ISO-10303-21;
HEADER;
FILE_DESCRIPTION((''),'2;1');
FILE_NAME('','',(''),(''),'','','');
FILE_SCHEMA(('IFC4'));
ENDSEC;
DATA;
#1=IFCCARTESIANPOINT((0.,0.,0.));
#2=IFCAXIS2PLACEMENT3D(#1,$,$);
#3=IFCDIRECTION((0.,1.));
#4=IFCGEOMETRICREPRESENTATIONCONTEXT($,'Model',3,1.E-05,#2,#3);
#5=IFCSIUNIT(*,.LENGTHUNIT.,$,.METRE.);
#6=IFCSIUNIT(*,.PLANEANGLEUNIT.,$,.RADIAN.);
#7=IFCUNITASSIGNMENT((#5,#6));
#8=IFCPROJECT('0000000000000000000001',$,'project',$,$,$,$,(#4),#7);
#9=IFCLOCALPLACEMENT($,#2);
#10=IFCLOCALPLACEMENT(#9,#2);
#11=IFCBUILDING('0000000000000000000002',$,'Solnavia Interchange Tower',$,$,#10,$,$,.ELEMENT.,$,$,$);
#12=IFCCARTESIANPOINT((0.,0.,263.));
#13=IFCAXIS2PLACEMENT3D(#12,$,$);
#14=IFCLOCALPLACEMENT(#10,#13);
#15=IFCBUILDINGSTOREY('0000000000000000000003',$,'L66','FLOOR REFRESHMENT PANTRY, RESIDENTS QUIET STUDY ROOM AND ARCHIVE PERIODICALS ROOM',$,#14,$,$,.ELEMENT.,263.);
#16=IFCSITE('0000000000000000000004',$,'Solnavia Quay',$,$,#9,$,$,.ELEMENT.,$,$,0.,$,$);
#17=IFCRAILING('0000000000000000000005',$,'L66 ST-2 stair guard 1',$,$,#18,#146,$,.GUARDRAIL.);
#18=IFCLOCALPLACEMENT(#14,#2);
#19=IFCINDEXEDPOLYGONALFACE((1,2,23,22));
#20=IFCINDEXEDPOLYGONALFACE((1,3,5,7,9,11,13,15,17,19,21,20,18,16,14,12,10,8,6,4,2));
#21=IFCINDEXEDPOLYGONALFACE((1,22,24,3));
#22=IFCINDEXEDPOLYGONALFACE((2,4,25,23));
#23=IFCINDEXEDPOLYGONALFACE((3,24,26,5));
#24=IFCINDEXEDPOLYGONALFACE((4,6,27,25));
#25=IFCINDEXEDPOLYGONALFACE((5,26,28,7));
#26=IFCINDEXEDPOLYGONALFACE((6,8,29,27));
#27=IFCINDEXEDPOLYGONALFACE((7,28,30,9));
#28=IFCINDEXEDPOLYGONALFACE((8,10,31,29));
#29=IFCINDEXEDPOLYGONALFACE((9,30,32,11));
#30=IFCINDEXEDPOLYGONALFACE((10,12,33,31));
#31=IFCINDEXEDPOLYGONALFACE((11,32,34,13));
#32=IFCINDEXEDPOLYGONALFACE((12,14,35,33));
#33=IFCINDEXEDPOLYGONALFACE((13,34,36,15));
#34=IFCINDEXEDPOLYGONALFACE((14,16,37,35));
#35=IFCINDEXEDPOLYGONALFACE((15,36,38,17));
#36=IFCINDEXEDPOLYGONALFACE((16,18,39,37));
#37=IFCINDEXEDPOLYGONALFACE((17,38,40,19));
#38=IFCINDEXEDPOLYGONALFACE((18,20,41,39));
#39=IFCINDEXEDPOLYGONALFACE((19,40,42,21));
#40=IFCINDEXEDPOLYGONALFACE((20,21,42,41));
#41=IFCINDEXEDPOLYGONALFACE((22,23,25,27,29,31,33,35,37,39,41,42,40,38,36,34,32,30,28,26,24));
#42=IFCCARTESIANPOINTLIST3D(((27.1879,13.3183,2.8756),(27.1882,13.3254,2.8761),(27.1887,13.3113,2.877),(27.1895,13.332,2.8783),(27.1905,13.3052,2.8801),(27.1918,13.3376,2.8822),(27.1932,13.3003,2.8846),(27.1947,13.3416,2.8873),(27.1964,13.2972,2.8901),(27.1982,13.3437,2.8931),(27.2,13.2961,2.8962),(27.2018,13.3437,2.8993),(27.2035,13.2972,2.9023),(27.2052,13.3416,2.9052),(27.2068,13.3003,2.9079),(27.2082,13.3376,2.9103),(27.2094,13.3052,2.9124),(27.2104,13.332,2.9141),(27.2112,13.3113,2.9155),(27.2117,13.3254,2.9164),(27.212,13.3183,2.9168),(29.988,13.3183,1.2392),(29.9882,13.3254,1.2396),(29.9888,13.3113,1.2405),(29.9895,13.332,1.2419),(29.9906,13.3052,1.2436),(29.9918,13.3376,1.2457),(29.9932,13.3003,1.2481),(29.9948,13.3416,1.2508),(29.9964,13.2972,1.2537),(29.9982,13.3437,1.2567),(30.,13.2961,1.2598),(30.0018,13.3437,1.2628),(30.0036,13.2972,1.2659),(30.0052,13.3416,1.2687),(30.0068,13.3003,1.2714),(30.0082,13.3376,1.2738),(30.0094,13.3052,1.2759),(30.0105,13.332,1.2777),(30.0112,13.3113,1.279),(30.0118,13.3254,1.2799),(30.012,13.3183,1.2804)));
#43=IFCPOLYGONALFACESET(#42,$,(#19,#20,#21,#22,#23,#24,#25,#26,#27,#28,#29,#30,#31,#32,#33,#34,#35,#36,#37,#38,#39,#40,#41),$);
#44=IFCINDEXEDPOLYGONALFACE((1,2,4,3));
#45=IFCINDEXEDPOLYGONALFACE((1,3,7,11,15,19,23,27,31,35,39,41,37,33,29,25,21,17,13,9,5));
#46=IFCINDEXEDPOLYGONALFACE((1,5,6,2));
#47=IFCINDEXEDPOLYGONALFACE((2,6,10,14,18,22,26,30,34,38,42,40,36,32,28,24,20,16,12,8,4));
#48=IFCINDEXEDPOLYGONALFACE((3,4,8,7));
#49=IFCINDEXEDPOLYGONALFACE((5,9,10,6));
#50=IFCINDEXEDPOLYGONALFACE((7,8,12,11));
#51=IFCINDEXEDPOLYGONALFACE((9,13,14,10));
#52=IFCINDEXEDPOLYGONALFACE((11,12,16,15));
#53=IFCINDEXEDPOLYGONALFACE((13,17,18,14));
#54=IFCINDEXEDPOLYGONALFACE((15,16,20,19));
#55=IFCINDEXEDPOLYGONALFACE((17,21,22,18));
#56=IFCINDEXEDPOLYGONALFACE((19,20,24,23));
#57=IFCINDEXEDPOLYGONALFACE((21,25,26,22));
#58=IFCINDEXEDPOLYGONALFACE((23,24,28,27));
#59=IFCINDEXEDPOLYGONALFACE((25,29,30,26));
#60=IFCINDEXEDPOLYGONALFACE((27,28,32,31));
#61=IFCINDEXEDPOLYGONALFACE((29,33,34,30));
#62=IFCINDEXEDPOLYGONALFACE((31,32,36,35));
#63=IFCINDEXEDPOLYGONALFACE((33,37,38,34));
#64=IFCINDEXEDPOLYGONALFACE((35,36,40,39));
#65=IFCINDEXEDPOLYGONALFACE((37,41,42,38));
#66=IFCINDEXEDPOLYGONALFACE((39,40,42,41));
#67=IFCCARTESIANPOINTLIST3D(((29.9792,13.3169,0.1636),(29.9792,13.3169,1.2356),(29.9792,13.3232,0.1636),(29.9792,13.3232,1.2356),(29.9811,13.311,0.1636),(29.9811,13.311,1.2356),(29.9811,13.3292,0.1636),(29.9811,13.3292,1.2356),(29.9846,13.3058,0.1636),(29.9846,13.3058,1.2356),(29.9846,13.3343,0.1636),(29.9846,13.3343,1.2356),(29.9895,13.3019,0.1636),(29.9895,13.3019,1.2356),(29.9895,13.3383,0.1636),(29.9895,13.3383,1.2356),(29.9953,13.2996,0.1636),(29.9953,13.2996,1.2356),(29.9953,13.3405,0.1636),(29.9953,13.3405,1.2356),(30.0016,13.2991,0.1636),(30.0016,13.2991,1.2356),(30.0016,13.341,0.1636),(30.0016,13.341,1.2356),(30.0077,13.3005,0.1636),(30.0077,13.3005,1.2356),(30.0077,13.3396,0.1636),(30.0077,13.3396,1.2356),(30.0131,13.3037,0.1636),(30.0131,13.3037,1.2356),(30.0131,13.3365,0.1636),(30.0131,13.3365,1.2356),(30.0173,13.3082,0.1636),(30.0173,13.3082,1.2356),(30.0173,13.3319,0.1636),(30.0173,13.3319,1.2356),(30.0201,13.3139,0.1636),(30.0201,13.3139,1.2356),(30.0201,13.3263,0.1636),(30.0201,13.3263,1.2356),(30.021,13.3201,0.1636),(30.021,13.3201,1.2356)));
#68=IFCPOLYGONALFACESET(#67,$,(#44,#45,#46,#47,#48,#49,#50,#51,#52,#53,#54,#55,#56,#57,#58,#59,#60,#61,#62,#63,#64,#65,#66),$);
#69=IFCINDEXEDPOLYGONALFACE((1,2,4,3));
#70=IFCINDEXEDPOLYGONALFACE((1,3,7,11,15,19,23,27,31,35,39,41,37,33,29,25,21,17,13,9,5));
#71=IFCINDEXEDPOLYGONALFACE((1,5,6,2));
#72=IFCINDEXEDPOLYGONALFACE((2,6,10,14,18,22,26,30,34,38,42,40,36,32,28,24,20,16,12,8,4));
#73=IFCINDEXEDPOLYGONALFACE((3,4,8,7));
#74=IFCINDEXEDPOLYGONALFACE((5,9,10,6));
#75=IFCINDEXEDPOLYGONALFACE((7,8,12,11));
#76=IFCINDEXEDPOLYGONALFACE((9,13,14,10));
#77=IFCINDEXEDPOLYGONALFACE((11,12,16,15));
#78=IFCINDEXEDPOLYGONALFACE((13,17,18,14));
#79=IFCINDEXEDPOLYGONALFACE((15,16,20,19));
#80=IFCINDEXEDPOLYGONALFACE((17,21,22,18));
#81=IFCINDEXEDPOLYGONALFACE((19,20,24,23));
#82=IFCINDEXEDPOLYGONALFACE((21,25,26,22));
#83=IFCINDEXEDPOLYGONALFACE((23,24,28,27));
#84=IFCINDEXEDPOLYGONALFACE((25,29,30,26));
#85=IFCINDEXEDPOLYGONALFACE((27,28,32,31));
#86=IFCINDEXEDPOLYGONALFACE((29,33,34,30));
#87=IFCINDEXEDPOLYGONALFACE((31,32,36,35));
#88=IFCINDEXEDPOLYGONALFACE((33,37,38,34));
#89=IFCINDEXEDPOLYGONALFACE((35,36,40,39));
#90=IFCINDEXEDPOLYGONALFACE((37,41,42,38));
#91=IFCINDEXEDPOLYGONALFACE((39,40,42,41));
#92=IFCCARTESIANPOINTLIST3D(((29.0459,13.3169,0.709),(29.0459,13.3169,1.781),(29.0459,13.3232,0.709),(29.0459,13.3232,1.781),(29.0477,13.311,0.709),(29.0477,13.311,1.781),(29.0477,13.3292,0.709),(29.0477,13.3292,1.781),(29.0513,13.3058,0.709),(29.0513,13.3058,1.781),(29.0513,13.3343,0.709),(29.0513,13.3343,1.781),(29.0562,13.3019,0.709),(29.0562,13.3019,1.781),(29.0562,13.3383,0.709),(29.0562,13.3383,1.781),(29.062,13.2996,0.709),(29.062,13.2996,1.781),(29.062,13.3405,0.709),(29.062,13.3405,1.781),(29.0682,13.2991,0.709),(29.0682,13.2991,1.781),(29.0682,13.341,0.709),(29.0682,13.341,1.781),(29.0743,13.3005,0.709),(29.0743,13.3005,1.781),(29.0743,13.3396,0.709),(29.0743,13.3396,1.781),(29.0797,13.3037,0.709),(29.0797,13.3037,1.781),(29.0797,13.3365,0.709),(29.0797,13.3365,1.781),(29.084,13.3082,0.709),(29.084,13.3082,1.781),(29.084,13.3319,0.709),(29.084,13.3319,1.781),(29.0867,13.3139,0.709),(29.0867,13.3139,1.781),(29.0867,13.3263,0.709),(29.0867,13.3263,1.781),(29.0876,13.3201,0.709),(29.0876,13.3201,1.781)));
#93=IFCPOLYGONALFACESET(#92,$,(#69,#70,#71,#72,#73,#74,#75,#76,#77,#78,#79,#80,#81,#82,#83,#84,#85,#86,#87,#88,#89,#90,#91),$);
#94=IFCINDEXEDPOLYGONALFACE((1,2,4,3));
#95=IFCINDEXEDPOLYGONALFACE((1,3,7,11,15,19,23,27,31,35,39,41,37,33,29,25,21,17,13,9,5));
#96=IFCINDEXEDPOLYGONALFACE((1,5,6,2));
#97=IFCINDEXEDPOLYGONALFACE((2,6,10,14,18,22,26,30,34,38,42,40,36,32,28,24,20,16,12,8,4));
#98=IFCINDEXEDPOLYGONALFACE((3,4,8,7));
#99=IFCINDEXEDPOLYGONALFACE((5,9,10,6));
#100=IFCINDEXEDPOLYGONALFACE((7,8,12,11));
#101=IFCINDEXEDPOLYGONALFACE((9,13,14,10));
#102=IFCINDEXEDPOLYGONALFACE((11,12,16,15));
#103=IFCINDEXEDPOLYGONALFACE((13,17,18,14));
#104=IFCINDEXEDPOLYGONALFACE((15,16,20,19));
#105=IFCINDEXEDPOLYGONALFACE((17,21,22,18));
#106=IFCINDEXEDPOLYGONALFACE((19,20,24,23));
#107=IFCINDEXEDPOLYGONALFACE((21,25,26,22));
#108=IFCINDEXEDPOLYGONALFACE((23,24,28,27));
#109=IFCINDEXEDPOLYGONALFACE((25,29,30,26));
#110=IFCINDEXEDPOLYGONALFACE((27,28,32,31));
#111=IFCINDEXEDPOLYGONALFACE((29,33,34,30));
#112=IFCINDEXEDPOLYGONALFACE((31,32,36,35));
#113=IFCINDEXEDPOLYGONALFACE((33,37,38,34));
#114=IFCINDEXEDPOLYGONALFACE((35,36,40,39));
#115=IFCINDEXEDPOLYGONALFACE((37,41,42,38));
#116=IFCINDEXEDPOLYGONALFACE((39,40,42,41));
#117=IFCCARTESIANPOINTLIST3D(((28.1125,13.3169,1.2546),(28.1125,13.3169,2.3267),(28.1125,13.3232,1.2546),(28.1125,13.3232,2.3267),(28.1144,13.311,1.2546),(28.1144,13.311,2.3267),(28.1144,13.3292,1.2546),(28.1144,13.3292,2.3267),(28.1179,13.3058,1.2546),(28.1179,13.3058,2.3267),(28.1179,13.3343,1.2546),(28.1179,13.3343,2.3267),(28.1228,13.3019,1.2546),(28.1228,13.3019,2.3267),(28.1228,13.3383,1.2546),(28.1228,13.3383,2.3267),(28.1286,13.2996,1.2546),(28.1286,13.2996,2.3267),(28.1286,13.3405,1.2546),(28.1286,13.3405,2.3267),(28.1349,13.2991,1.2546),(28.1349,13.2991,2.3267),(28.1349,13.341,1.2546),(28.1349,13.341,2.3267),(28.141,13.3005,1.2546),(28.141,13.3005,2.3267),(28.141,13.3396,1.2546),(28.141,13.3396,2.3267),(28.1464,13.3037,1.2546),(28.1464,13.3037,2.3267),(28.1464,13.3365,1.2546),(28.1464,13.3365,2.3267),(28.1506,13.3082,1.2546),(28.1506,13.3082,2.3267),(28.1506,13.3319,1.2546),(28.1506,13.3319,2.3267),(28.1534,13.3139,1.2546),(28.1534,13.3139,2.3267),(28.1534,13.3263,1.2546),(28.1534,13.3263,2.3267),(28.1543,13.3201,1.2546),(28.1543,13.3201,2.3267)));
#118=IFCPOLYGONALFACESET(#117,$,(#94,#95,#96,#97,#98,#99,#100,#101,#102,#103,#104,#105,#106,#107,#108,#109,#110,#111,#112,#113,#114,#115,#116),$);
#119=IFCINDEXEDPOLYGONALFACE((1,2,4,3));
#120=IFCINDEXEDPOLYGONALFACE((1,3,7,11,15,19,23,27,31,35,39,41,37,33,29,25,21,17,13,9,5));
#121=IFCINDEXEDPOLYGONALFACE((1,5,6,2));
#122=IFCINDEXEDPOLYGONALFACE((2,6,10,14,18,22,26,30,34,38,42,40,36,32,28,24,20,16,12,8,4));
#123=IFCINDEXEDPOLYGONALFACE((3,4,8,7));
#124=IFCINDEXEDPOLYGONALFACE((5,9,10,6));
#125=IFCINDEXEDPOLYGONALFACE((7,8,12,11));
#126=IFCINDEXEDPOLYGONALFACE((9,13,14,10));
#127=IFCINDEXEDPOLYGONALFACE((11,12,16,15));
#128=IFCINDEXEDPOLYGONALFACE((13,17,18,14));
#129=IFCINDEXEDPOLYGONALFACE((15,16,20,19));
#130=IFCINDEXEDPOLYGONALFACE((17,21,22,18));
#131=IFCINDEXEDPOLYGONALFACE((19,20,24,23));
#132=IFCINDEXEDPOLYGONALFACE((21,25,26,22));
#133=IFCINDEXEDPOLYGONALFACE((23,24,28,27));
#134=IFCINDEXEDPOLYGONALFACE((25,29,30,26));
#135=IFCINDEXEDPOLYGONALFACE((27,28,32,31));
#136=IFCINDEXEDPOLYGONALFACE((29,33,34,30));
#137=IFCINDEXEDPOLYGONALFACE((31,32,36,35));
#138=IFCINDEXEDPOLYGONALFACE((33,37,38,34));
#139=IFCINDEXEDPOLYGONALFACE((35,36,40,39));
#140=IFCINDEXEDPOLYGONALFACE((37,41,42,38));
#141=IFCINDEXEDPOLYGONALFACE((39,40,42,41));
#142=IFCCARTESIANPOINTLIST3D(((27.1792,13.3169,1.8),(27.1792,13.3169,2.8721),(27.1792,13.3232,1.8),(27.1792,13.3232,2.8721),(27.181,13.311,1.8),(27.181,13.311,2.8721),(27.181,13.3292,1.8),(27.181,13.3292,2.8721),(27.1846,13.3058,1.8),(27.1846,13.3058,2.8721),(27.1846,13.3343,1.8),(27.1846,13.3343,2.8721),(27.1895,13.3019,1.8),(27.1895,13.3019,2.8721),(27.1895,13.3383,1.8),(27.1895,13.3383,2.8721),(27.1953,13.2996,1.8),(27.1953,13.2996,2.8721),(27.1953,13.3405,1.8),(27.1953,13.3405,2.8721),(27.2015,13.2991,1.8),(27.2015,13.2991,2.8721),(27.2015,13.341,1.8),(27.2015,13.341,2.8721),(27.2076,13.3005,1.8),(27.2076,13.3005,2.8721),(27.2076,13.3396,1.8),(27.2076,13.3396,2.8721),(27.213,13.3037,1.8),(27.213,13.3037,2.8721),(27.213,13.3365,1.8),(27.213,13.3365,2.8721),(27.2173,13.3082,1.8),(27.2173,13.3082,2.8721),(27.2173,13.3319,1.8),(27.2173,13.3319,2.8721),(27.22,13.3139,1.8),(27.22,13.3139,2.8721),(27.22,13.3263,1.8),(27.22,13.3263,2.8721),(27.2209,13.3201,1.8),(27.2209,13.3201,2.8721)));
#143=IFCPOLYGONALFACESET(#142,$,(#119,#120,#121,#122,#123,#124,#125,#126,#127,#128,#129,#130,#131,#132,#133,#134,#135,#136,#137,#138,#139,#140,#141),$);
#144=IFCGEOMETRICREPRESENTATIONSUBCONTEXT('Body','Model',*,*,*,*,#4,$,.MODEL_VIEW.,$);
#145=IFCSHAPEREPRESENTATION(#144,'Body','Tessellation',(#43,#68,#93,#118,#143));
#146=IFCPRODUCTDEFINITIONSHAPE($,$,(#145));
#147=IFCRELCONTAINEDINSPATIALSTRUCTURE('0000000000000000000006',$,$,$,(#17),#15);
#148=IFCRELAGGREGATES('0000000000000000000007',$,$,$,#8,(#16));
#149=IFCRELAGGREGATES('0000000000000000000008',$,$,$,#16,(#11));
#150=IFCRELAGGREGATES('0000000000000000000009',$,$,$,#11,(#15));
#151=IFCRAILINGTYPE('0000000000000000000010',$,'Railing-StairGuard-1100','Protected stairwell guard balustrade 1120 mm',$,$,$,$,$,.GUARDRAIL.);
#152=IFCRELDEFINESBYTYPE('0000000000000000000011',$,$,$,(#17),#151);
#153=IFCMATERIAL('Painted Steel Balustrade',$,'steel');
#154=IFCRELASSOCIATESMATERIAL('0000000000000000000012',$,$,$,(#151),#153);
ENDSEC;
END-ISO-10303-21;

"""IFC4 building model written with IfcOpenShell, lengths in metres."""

from ifc_helpers import new_model, si_unit, direction, frame, origin, origin_2d, place, context, subcontext, project, spatial, circle, extrude, material, type_object, element, save


model = new_model("IFC4")

# Units and contexts
model_context = context("Model", 3, precision=1e-05, world=origin(), true_north=direction((0.0, 1.0)))
body_context = subcontext(model_context, "Body", "Model", "MODEL_VIEW")
ifc_project = project(units=[si_unit("LENGTHUNIT", "METRE"), si_unit("PLANEANGLEUNIT", "RADIAN")], contexts=[model_context])

# Site, building, storey
site_placement = place(None, origin())
site = spatial("IfcSite", under=ifc_project, at=site_placement, Name="Solnavia Quay", CompositionType="ELEMENT", RefElevation=0.0)
building_placement = place(site_placement, origin())
building = spatial("IfcBuilding", under=site, at=building_placement, Name="Solnavia Interchange Tower", CompositionType="ELEMENT")
storey_placement = place(building_placement, frame((0.0, 0.0, 263.0)))
storey = spatial("IfcBuildingStorey", under=building, at=storey_placement, Name="L66", Description="FLOOR REFRESHMENT PANTRY, RESIDENTS QUIET STUDY ROOM AND ARCHIVE PERIODICALS ROOM", CompositionType="ELEMENT", Elevation=263.0)

# Railing
ifc_material_1 = material(Name="Painted Steel Balustrade", Category="steel")
railing_type_1 = type_object("IfcRailingType", Name="Railing-StairGuard-1100", Description="Protected stairwell guard balustrade 1120 mm", PredefinedType="GUARDRAIL", material=ifc_material_1)
railing_1_placement = place(storey_placement, frame((30.0, 13.3201, 0.1636)))
element("IfcRailing", 1, at=railing_1_placement, inside=storey, type_object=railing_type_1, Name="L66 ST-2 stair guard 1", PredefinedType="GUARDRAIL", context=body_context, shape_type="SweptSolid", body=[
    extrude(circle(Radius=0.0239, at=origin_2d()), frame((0.0, 0.0, 1.0962), z_axis=(-0.863361, 0.0, 0.504587), x_axis=(0.0, -1.0, 0.0)), (0.0, 0.0, 1.0), 3.2432),
    extrude(circle(Radius=0.021, at=origin_2d()), origin(), (0.0, 0.0, 1.0), 1.072),
    extrude(circle(Radius=0.021, at=origin_2d()), frame((-0.9333, 0.0, 0.5454)), (0.0, 0.0, 1.0), 1.072),
    extrude(circle(Radius=0.021, at=origin_2d()), frame((-1.8667, 0.0, 1.0911)), (0.0, 0.0, 1.0), 1.072),
    extrude(circle(Radius=0.021, at=origin_2d()), frame((-2.8, 0.0, 1.6365)), (0.0, 0.0, 1.0), 1.072),
])

save(model, "model.ifc")
